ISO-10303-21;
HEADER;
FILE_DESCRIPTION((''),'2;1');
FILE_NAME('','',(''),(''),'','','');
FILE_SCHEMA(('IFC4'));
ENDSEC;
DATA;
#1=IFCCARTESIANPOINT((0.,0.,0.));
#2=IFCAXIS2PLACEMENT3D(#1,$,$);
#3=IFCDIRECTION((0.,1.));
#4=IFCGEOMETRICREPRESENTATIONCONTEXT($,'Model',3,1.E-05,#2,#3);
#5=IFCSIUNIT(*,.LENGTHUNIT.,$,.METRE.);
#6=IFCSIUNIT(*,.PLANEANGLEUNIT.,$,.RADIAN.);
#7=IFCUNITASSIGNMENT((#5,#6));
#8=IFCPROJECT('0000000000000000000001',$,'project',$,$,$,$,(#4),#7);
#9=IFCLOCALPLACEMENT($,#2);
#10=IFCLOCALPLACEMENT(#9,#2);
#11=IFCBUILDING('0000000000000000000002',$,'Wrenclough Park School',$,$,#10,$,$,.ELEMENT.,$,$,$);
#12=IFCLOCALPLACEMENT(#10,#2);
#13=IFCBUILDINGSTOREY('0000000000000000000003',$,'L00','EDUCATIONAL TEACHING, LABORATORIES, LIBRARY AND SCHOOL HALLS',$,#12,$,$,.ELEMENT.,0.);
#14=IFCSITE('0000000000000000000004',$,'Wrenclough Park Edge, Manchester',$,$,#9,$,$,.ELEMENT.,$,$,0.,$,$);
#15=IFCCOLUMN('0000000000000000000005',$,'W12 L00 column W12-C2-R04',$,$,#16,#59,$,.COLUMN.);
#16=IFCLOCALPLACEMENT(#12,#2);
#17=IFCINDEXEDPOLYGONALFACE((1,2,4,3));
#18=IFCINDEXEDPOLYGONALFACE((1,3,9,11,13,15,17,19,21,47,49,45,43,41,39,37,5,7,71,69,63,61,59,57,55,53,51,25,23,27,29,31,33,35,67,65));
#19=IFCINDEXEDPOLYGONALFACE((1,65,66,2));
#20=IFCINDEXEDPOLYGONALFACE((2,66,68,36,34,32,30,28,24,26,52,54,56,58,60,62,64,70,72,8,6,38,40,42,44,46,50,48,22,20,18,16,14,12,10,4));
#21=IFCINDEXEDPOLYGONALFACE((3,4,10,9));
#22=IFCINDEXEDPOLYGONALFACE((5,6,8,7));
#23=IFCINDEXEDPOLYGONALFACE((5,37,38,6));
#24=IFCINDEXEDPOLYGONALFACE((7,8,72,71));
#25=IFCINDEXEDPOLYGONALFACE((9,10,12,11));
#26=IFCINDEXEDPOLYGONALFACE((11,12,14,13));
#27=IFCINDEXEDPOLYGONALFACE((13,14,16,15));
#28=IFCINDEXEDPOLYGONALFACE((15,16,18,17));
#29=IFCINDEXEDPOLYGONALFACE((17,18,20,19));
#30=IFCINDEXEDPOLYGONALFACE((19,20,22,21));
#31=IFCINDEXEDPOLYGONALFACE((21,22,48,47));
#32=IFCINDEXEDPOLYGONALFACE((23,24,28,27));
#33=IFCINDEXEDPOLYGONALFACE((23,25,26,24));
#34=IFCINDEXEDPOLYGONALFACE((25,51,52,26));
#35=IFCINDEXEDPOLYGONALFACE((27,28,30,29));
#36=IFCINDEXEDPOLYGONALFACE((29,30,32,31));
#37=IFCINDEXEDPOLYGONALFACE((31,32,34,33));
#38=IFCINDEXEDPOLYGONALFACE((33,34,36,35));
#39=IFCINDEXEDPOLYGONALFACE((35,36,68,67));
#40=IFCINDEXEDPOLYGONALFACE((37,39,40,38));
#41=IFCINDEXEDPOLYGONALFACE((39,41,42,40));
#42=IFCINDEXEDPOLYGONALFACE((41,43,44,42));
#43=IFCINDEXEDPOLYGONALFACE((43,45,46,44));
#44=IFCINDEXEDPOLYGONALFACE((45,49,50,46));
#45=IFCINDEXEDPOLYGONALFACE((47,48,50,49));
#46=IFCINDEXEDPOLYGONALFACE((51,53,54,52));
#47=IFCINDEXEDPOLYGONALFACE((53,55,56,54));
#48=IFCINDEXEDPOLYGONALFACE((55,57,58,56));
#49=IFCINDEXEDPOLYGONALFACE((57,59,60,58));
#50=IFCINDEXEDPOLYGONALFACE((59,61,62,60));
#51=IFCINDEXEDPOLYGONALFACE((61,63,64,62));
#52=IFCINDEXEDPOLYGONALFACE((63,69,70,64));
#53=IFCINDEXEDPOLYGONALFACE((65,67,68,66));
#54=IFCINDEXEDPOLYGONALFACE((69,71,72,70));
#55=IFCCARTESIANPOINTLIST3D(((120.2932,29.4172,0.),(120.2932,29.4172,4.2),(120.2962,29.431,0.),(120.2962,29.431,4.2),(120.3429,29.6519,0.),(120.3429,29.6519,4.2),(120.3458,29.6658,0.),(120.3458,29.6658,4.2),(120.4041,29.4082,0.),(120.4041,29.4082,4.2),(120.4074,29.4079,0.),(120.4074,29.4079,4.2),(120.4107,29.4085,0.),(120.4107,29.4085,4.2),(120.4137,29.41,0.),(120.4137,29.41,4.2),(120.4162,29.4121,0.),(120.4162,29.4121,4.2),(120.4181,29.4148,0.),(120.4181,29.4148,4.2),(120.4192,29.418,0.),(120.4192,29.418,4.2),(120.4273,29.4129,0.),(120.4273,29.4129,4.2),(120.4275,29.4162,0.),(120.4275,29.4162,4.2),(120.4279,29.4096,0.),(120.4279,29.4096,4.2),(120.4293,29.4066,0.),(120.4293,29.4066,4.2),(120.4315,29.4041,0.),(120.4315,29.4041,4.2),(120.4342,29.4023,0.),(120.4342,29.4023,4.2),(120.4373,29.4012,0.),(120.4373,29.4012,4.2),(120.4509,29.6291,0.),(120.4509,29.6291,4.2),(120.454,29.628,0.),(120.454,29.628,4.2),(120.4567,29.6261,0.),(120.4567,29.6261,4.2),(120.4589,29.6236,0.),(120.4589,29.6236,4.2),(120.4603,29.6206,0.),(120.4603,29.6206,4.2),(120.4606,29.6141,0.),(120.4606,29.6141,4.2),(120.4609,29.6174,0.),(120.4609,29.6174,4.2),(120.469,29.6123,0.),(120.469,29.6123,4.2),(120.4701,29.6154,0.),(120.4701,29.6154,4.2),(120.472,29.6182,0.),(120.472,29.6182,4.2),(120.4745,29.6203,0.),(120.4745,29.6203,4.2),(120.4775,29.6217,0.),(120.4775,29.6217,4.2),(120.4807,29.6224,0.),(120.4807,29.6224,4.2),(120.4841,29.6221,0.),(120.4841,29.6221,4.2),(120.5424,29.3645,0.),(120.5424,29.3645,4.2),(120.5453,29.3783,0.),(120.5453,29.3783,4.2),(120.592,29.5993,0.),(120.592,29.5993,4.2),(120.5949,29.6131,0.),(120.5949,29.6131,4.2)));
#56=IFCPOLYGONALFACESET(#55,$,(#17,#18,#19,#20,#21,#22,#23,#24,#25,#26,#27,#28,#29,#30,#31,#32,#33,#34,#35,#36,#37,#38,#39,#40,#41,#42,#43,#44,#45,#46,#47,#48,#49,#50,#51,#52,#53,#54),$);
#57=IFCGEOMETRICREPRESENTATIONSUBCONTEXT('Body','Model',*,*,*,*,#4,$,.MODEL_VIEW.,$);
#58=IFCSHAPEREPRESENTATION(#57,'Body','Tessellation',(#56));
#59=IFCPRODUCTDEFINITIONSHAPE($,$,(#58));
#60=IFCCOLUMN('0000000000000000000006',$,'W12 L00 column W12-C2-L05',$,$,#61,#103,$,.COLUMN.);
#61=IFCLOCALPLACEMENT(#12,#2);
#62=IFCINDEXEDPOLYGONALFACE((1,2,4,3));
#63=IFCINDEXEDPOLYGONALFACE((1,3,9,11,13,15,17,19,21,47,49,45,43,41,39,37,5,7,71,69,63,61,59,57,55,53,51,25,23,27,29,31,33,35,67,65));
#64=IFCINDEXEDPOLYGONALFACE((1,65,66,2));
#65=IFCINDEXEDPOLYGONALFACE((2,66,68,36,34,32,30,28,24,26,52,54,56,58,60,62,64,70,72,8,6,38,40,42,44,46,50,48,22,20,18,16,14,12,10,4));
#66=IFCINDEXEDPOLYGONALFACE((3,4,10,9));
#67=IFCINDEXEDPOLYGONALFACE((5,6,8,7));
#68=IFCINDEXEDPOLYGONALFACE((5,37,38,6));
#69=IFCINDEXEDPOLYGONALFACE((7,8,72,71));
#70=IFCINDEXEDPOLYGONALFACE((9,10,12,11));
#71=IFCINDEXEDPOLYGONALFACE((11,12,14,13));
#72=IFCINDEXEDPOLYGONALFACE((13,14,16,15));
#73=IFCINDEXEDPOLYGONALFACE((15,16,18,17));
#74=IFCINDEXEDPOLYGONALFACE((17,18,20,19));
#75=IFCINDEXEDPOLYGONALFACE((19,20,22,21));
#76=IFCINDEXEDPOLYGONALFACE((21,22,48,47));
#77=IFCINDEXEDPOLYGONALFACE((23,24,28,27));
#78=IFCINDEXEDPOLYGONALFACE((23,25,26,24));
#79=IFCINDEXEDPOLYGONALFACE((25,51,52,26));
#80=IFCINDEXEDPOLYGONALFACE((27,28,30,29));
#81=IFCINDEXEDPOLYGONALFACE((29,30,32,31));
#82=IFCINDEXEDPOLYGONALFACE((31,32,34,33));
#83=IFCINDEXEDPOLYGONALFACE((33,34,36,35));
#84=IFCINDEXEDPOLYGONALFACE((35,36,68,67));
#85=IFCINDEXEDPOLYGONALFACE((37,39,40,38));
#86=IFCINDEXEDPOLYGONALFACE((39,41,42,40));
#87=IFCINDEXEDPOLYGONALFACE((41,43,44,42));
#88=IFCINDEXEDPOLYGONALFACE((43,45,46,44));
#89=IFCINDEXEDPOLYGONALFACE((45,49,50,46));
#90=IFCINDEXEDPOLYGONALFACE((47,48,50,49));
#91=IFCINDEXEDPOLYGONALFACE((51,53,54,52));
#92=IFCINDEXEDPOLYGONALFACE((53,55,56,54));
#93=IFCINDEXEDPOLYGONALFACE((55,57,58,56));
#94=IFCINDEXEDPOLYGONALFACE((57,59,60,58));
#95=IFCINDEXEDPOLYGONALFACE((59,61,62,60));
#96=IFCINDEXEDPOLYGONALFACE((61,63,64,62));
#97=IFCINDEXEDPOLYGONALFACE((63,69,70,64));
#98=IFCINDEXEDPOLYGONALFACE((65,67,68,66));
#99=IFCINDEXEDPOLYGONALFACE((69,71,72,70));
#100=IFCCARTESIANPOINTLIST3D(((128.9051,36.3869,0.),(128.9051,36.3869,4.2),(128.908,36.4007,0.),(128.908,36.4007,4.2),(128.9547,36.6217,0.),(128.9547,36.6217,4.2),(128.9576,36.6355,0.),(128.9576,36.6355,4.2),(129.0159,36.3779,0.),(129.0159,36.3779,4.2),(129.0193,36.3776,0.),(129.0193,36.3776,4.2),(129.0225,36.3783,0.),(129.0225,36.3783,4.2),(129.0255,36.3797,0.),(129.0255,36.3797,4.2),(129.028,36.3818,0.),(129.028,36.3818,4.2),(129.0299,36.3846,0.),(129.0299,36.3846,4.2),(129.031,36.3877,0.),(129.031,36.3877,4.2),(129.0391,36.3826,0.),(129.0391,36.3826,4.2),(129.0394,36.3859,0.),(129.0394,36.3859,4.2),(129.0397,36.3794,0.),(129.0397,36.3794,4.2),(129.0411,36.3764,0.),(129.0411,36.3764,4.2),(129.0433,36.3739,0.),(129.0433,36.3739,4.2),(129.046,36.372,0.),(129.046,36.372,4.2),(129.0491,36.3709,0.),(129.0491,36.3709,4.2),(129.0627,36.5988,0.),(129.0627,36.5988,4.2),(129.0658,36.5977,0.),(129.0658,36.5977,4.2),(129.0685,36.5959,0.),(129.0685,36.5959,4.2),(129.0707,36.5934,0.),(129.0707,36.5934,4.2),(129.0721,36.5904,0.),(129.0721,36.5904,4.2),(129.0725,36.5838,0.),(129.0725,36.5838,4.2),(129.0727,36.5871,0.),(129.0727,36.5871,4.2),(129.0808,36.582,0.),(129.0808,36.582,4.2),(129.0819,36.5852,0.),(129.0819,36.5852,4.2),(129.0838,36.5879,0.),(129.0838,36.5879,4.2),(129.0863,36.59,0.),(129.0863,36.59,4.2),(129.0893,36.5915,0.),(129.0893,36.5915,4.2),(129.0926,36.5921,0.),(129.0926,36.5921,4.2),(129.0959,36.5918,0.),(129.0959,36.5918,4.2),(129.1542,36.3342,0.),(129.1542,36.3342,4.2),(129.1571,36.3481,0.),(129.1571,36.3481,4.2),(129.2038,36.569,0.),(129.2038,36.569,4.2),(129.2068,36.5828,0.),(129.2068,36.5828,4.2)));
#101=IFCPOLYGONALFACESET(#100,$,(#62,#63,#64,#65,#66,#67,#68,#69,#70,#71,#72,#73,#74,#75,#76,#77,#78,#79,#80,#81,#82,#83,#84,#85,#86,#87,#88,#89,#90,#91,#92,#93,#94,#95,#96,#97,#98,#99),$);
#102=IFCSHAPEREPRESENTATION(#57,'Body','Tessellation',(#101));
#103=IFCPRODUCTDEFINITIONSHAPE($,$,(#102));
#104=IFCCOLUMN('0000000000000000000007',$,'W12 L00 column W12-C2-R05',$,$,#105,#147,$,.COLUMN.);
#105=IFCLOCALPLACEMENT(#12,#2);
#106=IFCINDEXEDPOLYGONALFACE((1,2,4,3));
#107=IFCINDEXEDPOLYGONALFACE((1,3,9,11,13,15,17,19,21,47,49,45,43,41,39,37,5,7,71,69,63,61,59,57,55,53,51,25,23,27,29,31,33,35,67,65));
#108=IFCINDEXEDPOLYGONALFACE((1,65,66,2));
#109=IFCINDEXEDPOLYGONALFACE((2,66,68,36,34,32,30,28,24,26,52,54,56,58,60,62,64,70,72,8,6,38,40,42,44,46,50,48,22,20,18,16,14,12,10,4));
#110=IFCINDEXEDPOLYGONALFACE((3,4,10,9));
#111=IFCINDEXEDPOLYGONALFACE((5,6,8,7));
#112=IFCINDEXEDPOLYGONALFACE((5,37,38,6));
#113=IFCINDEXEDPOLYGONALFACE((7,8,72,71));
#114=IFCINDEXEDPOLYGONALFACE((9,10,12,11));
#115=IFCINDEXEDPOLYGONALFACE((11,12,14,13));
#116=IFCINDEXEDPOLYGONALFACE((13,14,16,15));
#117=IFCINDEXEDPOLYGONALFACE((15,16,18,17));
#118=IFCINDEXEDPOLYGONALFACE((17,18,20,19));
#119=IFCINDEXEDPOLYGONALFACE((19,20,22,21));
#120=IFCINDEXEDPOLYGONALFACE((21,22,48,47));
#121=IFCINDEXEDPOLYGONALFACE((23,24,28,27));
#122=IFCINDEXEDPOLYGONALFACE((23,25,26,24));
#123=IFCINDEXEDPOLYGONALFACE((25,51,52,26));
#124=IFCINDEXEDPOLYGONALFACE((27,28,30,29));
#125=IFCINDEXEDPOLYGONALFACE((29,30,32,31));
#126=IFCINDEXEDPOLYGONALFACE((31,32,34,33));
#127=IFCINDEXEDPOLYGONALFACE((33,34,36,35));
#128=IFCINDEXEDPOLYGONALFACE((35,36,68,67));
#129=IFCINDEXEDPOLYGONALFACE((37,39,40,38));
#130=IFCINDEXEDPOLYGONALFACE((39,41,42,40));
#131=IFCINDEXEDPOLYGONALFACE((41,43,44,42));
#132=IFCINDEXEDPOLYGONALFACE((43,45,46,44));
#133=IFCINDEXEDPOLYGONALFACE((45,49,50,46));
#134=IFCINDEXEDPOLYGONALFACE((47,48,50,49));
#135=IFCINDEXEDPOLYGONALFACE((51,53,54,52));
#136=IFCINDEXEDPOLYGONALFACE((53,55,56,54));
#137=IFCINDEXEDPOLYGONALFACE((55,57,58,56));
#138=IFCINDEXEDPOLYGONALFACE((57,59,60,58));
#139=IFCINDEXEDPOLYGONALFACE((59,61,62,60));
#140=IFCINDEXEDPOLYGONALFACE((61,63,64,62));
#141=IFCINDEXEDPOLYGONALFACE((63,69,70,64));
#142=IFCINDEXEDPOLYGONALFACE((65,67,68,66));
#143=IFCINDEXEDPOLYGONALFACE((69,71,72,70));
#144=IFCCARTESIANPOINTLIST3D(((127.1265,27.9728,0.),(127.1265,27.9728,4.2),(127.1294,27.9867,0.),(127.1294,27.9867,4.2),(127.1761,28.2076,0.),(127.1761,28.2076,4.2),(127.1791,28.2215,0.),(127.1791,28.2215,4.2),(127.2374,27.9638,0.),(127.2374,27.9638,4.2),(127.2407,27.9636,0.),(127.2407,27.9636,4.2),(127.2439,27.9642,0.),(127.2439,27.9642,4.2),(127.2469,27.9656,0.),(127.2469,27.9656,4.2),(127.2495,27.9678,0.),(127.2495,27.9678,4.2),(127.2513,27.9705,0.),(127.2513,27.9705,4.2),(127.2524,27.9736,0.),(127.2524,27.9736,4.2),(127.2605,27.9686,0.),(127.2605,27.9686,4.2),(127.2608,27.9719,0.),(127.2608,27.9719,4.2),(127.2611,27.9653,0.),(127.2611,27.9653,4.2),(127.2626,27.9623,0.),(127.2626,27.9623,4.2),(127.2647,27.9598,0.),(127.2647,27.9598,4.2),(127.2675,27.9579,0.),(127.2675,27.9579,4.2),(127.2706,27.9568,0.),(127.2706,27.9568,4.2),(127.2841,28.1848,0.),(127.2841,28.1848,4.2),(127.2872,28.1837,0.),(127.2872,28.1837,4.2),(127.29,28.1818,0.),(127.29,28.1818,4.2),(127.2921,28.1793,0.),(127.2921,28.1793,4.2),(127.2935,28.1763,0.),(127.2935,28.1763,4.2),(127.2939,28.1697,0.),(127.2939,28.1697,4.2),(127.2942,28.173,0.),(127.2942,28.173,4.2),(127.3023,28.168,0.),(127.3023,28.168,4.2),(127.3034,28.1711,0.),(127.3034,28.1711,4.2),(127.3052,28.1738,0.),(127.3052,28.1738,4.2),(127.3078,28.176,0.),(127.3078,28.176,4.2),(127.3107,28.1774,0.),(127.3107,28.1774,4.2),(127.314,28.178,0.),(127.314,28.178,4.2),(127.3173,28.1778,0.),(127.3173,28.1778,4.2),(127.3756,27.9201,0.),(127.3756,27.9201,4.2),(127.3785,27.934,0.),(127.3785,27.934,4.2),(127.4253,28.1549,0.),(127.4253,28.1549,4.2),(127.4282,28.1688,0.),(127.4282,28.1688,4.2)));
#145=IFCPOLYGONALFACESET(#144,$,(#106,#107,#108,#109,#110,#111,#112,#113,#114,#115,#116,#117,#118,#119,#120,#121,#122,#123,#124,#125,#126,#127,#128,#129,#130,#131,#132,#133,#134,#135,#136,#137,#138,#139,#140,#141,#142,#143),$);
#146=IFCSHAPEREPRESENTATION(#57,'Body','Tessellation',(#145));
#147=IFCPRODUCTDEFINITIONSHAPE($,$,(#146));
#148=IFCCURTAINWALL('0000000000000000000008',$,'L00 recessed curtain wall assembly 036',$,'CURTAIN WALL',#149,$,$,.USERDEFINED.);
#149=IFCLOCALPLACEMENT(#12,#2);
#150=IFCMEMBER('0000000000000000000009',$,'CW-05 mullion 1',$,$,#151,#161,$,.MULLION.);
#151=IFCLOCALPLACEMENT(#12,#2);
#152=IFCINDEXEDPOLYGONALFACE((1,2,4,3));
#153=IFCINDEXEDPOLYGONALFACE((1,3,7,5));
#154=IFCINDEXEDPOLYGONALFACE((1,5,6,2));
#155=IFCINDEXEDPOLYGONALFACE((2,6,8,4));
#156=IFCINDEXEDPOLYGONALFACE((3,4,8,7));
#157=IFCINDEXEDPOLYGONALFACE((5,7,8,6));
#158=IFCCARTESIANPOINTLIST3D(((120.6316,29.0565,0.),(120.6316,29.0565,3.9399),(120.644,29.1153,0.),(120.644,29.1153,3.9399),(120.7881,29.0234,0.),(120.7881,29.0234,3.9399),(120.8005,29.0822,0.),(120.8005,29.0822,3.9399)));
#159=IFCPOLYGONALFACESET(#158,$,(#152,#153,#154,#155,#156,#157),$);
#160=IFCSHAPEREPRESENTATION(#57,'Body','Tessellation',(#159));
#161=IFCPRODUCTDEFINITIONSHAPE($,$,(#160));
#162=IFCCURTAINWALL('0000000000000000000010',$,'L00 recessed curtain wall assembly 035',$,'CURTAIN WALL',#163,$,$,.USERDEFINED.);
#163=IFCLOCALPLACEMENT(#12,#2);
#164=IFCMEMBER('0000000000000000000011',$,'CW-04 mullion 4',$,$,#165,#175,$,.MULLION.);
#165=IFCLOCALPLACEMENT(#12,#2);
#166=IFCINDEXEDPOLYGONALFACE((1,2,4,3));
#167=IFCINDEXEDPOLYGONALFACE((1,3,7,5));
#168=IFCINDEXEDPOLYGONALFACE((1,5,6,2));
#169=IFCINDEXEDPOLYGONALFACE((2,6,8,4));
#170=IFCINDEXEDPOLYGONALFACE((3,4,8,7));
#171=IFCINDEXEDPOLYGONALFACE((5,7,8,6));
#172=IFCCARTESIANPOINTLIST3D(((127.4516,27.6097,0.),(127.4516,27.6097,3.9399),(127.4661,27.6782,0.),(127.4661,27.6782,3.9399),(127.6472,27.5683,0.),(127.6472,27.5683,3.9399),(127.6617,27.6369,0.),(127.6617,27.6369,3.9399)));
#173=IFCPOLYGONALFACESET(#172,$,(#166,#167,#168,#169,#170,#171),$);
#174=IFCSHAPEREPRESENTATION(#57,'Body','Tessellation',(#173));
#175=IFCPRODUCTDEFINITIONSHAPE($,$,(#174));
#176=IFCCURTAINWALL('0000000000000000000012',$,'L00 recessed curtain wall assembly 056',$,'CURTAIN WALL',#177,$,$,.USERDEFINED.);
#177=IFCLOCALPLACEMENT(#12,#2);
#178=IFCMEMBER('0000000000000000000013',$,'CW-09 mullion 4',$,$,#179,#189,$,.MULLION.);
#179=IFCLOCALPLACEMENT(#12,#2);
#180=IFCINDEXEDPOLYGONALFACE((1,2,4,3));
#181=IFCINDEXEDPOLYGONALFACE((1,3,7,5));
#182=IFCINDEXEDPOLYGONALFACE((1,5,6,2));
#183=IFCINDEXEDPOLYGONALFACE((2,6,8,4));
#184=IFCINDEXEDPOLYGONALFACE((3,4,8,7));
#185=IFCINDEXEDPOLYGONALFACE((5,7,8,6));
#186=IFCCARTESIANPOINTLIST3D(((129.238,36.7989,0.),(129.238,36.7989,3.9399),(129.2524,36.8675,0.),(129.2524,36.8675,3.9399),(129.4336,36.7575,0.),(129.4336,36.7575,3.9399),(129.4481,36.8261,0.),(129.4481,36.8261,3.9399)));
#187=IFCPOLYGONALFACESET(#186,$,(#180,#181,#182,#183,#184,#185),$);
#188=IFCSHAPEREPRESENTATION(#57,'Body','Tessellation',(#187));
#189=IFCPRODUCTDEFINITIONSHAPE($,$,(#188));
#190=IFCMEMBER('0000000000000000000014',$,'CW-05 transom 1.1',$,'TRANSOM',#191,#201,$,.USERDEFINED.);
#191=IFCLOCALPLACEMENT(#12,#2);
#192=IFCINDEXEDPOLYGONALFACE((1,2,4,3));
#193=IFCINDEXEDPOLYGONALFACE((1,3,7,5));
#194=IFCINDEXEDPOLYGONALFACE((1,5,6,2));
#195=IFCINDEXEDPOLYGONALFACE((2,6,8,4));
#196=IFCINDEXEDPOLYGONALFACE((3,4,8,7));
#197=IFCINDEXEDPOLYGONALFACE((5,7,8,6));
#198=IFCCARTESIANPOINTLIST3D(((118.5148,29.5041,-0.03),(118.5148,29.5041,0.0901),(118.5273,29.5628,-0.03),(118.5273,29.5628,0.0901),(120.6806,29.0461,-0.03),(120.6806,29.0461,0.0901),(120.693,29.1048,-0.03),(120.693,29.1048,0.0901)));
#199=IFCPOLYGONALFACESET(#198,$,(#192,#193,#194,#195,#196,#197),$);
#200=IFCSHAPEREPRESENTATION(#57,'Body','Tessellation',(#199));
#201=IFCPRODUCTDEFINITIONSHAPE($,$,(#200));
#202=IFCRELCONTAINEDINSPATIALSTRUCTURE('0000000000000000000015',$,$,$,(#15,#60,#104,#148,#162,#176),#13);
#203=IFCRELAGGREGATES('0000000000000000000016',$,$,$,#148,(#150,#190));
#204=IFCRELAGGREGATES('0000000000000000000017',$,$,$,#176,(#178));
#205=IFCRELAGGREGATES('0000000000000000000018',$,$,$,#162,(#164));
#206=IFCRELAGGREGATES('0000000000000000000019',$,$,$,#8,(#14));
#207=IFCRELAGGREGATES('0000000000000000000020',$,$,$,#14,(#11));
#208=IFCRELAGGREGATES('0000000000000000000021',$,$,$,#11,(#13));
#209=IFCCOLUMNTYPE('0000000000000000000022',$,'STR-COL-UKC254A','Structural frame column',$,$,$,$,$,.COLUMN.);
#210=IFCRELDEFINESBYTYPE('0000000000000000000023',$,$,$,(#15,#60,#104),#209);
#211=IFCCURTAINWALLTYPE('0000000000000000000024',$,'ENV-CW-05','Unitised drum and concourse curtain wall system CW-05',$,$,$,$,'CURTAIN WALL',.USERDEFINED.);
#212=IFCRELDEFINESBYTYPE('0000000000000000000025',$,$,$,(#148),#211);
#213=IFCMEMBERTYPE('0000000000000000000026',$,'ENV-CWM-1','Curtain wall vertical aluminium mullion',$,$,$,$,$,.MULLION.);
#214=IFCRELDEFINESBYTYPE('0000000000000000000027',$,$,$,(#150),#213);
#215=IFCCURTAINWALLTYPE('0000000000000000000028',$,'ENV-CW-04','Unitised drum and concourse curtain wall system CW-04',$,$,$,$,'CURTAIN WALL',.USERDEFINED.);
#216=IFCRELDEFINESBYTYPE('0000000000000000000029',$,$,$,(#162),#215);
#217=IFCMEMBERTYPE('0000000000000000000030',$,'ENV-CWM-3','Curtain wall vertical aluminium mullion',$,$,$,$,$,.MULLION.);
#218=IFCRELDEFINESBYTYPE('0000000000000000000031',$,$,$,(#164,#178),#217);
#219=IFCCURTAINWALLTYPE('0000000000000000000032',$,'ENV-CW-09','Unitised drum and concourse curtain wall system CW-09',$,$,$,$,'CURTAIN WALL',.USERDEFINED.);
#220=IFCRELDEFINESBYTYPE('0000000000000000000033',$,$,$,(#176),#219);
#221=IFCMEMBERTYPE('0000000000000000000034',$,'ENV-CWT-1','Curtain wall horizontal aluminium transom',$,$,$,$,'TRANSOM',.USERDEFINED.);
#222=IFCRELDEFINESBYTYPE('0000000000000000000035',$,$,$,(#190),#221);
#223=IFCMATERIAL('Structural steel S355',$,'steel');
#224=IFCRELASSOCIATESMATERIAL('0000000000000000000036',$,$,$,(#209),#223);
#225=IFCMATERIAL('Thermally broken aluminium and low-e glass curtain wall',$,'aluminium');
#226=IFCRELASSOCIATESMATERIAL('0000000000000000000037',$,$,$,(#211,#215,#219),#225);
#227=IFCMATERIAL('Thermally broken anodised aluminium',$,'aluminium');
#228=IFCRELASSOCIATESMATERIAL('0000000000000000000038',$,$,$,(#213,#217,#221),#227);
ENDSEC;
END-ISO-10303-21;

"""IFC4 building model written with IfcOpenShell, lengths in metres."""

from ifc_helpers import new_model, si_unit, direction, frame, origin, origin_2d, place, context, subcontext, project, spatial, rectangle, i_section, extrude, material, material_profile, profile_set, type_object, element, aggregate, save


model = new_model("IFC4")

# Units and contexts
model_context = context("Model", 3, precision=1e-05, world=origin(), true_north=direction((0.0, 1.0)))
body_context = subcontext(model_context, "Body", "Model", "MODEL_VIEW")
ifc_project = project(units=[si_unit("LENGTHUNIT", "METRE"), si_unit("PLANEANGLEUNIT", "RADIAN")], contexts=[model_context])

# Site, building, storey
site_placement = place(None, origin())
site = spatial("IfcSite", under=ifc_project, at=site_placement, Name="Wrenclough Park Edge, Manchester", CompositionType="ELEMENT", RefElevation=0.0)
building_placement = place(site_placement, origin())
building = spatial("IfcBuilding", under=site, at=building_placement, Name="Wrenclough Park School", CompositionType="ELEMENT")
storey_placement = place(building_placement, origin())
storey = spatial("IfcBuildingStorey", under=building, at=storey_placement, Name="L00", Description="EDUCATIONAL TEACHING, LABORATORIES, LIBRARY AND SCHOOL HALLS", CompositionType="ELEMENT", Elevation=0.0)

# Columns
ifc_material_1 = material(Name="Structural steel S355", Category="steel")
ifc_material_profile_1 = material_profile(ifc_material_1, i_section(OverallWidth=0.2546, OverallDepth=0.2542, WebThickness=0.0085, FlangeThickness=0.0142, FilletRadius=0.0127, at=origin_2d()), Name="UKC 254x254x73")
ifc_profile_set_1 = profile_set([ifc_material_profile_1], Name="Structural steel S355")
column_type = type_object("IfcColumnType", Name="STR-COL-UKC254A", Description="Structural frame column", PredefinedType="COLUMN", material=ifc_profile_set_1)
for number, where, z_axis, x_axis, name in (
    (1, (120.4441, 29.5151, 0.0), (0.0, 0.0, 1.0), (0.978365, -0.206887, 0.0), "W12 L00 column W12-C2-R04"),
    (2, (129.0559, 36.4849, 0.0), (0.0, 0.0, 1.0), (0.978365, -0.206887, 0.0), "W12 L00 column W12-C2-L05"),
    (3, (127.2773, 28.0708, 0.0), (0.0, 0.0, 1.0), (0.978365, -0.206887, 0.0), "W12 L00 column W12-C2-R05"),
):
    element("IfcColumn", number, at=place(storey_placement, frame(where, z_axis=z_axis, x_axis=x_axis)), inside=storey, type_object=column_type, Name=name, PredefinedType="COLUMN", context=body_context, shape_type="SweptSolid", body=[
        extrude(i_section(OverallWidth=0.2546, OverallDepth=0.2542, WebThickness=0.0085, FlangeThickness=0.0142, FilletRadius=0.0127, at=origin_2d()), origin(), (0.0, 0.0, 1.0), 4.2),
    ])

# Curtain walls, members
ifc_material_2 = material(Name="Thermally broken aluminium and low-e glass curtain wall", Category="aluminium")
curtain_wall_type_1 = type_object("IfcCurtainWallType", Name="ENV-CW-05", Description="Unitised drum and concourse curtain wall system CW-05", ElementType="CURTAIN WALL", PredefinedType="USERDEFINED", material=ifc_material_2)
curtain_wall_1_placement = place(storey_placement, origin())
curtain_wall_1 = element("IfcCurtainWall", 4, at=curtain_wall_1_placement, inside=storey, type_object=curtain_wall_type_1, Name="L00 recessed curtain wall assembly 036", ObjectType="CURTAIN WALL", PredefinedType="USERDEFINED")
ifc_material_3 = material(Name="Thermally broken anodised aluminium", Category="aluminium")
ifc_material_profile_2 = material_profile(ifc_material_3, rectangle(XDim=0.0601, YDim=0.1599, at=origin_2d()), Name="AL MULLION 60x160")
ifc_profile_set_2 = profile_set([ifc_material_profile_2], Name="Thermally broken anodised aluminium")
member_type_1 = type_object("IfcMemberType", Name="ENV-CWM-1", Description="Curtain wall vertical aluminium mullion", PredefinedType="MULLION", material=ifc_profile_set_2)
member_1_placement = place(storey_placement, frame((120.7161, 29.0693, 0.0), z_axis=(0.0, 0.0, 1.0), x_axis=(-0.206815, -0.97838, 0.0)))
member_1 = element("IfcMember", 5, at=member_1_placement, type_object=member_type_1, Name="CW-05 mullion 1", PredefinedType="MULLION", context=body_context, shape_type="SweptSolid", body=[
    extrude(rectangle(XDim=0.0601, YDim=0.1599, at=origin_2d()), origin(), (0.0, 0.0, 1.0), 3.9399),
])
curtain_wall_type_2 = type_object("IfcCurtainWallType", Name="ENV-CW-04", Description="Unitised drum and concourse curtain wall system CW-04", ElementType="CURTAIN WALL", PredefinedType="USERDEFINED", material=ifc_material_2)
curtain_wall_2_placement = place(storey_placement, origin())
curtain_wall_2 = element("IfcCurtainWall", 6, at=curtain_wall_2_placement, inside=storey, type_object=curtain_wall_type_2, Name="L00 recessed curtain wall assembly 035", ObjectType="CURTAIN WALL", PredefinedType="USERDEFINED")
ifc_material_profile_3 = material_profile(ifc_material_3, rectangle(XDim=0.0701, YDim=0.2, at=origin_2d()), Name="AL MULLION 70x200")
ifc_profile_set_3 = profile_set([ifc_material_profile_3], Name="Thermally broken anodised aluminium")
member_type_2 = type_object("IfcMemberType", Name="ENV-CWM-3", Description="Curtain wall vertical aluminium mullion", PredefinedType="MULLION", material=ifc_profile_set_3)
member_2_placement = place(storey_placement, frame((127.5566, 27.6233, 0.0), z_axis=(0.0, 0.0, 1.0), x_axis=(-0.206818, -0.978379, 0.0)))
member_2 = element("IfcMember", 7, at=member_2_placement, type_object=member_type_2, Name="CW-04 mullion 4", PredefinedType="MULLION", context=body_context, shape_type="SweptSolid", body=[
    extrude(rectangle(XDim=0.0701, YDim=0.2, at=origin_2d()), origin(), (0.0, 0.0, 1.0), 3.9399),
])
curtain_wall_type_3 = type_object("IfcCurtainWallType", Name="ENV-CW-09", Description="Unitised drum and concourse curtain wall system CW-09", ElementType="CURTAIN WALL", PredefinedType="USERDEFINED", material=ifc_material_2)
curtain_wall_3_placement = place(storey_placement, origin())
curtain_wall_3 = element("IfcCurtainWall", 8, at=curtain_wall_3_placement, inside=storey, type_object=curtain_wall_type_3, Name="L00 recessed curtain wall assembly 056", ObjectType="CURTAIN WALL", PredefinedType="USERDEFINED")
member_3_placement = place(storey_placement, frame((129.343, 36.8125, 0.0), z_axis=(0.0, 0.0, 1.0), x_axis=(0.20682, 0.978379, 0.0)))
member_3 = element("IfcMember", 9, at=member_3_placement, type_object=member_type_2, Name="CW-09 mullion 4", PredefinedType="MULLION", context=body_context, shape_type="SweptSolid", body=[
    extrude(rectangle(XDim=0.0701, YDim=0.2, at=origin_2d()), origin(), (0.0, 0.0, 1.0), 3.9399),
])

# Member
ifc_material_profile_4 = material_profile(ifc_material_3, rectangle(XDim=0.0601, YDim=0.1201, at=origin_2d()), Name="AL TRANSOM 60x120")
ifc_profile_set_4 = profile_set([ifc_material_profile_4], Name="Thermally broken anodised aluminium")
member_type_3 = type_object("IfcMemberType", Name="ENV-CWT-1", Description="Curtain wall horizontal aluminium transom", ElementType="TRANSOM", PredefinedType="USERDEFINED", material=ifc_profile_set_4)
member_4_placement = place(storey_placement, frame((120.6868, 29.0754, 0.03), z_axis=(-0.978362, 0.2069, 0.0), x_axis=(-0.2069, -0.978362, 0.0)))
member_4 = element("IfcMember", 10, at=member_4_placement, type_object=member_type_3, Name="CW-05 transom 1.1", ObjectType="TRANSOM", PredefinedType="USERDEFINED", context=body_context, shape_type="SweptSolid", body=[
    extrude(rectangle(XDim=0.0601, YDim=0.1201, at=origin_2d()), origin(), (0.0, 0.0, 1.0), 2.2136),
])

aggregate(curtain_wall_1, [member_1, member_4])
aggregate(curtain_wall_3, [member_3])
aggregate(curtain_wall_2, [member_2])

save(model, "model.ifc")
